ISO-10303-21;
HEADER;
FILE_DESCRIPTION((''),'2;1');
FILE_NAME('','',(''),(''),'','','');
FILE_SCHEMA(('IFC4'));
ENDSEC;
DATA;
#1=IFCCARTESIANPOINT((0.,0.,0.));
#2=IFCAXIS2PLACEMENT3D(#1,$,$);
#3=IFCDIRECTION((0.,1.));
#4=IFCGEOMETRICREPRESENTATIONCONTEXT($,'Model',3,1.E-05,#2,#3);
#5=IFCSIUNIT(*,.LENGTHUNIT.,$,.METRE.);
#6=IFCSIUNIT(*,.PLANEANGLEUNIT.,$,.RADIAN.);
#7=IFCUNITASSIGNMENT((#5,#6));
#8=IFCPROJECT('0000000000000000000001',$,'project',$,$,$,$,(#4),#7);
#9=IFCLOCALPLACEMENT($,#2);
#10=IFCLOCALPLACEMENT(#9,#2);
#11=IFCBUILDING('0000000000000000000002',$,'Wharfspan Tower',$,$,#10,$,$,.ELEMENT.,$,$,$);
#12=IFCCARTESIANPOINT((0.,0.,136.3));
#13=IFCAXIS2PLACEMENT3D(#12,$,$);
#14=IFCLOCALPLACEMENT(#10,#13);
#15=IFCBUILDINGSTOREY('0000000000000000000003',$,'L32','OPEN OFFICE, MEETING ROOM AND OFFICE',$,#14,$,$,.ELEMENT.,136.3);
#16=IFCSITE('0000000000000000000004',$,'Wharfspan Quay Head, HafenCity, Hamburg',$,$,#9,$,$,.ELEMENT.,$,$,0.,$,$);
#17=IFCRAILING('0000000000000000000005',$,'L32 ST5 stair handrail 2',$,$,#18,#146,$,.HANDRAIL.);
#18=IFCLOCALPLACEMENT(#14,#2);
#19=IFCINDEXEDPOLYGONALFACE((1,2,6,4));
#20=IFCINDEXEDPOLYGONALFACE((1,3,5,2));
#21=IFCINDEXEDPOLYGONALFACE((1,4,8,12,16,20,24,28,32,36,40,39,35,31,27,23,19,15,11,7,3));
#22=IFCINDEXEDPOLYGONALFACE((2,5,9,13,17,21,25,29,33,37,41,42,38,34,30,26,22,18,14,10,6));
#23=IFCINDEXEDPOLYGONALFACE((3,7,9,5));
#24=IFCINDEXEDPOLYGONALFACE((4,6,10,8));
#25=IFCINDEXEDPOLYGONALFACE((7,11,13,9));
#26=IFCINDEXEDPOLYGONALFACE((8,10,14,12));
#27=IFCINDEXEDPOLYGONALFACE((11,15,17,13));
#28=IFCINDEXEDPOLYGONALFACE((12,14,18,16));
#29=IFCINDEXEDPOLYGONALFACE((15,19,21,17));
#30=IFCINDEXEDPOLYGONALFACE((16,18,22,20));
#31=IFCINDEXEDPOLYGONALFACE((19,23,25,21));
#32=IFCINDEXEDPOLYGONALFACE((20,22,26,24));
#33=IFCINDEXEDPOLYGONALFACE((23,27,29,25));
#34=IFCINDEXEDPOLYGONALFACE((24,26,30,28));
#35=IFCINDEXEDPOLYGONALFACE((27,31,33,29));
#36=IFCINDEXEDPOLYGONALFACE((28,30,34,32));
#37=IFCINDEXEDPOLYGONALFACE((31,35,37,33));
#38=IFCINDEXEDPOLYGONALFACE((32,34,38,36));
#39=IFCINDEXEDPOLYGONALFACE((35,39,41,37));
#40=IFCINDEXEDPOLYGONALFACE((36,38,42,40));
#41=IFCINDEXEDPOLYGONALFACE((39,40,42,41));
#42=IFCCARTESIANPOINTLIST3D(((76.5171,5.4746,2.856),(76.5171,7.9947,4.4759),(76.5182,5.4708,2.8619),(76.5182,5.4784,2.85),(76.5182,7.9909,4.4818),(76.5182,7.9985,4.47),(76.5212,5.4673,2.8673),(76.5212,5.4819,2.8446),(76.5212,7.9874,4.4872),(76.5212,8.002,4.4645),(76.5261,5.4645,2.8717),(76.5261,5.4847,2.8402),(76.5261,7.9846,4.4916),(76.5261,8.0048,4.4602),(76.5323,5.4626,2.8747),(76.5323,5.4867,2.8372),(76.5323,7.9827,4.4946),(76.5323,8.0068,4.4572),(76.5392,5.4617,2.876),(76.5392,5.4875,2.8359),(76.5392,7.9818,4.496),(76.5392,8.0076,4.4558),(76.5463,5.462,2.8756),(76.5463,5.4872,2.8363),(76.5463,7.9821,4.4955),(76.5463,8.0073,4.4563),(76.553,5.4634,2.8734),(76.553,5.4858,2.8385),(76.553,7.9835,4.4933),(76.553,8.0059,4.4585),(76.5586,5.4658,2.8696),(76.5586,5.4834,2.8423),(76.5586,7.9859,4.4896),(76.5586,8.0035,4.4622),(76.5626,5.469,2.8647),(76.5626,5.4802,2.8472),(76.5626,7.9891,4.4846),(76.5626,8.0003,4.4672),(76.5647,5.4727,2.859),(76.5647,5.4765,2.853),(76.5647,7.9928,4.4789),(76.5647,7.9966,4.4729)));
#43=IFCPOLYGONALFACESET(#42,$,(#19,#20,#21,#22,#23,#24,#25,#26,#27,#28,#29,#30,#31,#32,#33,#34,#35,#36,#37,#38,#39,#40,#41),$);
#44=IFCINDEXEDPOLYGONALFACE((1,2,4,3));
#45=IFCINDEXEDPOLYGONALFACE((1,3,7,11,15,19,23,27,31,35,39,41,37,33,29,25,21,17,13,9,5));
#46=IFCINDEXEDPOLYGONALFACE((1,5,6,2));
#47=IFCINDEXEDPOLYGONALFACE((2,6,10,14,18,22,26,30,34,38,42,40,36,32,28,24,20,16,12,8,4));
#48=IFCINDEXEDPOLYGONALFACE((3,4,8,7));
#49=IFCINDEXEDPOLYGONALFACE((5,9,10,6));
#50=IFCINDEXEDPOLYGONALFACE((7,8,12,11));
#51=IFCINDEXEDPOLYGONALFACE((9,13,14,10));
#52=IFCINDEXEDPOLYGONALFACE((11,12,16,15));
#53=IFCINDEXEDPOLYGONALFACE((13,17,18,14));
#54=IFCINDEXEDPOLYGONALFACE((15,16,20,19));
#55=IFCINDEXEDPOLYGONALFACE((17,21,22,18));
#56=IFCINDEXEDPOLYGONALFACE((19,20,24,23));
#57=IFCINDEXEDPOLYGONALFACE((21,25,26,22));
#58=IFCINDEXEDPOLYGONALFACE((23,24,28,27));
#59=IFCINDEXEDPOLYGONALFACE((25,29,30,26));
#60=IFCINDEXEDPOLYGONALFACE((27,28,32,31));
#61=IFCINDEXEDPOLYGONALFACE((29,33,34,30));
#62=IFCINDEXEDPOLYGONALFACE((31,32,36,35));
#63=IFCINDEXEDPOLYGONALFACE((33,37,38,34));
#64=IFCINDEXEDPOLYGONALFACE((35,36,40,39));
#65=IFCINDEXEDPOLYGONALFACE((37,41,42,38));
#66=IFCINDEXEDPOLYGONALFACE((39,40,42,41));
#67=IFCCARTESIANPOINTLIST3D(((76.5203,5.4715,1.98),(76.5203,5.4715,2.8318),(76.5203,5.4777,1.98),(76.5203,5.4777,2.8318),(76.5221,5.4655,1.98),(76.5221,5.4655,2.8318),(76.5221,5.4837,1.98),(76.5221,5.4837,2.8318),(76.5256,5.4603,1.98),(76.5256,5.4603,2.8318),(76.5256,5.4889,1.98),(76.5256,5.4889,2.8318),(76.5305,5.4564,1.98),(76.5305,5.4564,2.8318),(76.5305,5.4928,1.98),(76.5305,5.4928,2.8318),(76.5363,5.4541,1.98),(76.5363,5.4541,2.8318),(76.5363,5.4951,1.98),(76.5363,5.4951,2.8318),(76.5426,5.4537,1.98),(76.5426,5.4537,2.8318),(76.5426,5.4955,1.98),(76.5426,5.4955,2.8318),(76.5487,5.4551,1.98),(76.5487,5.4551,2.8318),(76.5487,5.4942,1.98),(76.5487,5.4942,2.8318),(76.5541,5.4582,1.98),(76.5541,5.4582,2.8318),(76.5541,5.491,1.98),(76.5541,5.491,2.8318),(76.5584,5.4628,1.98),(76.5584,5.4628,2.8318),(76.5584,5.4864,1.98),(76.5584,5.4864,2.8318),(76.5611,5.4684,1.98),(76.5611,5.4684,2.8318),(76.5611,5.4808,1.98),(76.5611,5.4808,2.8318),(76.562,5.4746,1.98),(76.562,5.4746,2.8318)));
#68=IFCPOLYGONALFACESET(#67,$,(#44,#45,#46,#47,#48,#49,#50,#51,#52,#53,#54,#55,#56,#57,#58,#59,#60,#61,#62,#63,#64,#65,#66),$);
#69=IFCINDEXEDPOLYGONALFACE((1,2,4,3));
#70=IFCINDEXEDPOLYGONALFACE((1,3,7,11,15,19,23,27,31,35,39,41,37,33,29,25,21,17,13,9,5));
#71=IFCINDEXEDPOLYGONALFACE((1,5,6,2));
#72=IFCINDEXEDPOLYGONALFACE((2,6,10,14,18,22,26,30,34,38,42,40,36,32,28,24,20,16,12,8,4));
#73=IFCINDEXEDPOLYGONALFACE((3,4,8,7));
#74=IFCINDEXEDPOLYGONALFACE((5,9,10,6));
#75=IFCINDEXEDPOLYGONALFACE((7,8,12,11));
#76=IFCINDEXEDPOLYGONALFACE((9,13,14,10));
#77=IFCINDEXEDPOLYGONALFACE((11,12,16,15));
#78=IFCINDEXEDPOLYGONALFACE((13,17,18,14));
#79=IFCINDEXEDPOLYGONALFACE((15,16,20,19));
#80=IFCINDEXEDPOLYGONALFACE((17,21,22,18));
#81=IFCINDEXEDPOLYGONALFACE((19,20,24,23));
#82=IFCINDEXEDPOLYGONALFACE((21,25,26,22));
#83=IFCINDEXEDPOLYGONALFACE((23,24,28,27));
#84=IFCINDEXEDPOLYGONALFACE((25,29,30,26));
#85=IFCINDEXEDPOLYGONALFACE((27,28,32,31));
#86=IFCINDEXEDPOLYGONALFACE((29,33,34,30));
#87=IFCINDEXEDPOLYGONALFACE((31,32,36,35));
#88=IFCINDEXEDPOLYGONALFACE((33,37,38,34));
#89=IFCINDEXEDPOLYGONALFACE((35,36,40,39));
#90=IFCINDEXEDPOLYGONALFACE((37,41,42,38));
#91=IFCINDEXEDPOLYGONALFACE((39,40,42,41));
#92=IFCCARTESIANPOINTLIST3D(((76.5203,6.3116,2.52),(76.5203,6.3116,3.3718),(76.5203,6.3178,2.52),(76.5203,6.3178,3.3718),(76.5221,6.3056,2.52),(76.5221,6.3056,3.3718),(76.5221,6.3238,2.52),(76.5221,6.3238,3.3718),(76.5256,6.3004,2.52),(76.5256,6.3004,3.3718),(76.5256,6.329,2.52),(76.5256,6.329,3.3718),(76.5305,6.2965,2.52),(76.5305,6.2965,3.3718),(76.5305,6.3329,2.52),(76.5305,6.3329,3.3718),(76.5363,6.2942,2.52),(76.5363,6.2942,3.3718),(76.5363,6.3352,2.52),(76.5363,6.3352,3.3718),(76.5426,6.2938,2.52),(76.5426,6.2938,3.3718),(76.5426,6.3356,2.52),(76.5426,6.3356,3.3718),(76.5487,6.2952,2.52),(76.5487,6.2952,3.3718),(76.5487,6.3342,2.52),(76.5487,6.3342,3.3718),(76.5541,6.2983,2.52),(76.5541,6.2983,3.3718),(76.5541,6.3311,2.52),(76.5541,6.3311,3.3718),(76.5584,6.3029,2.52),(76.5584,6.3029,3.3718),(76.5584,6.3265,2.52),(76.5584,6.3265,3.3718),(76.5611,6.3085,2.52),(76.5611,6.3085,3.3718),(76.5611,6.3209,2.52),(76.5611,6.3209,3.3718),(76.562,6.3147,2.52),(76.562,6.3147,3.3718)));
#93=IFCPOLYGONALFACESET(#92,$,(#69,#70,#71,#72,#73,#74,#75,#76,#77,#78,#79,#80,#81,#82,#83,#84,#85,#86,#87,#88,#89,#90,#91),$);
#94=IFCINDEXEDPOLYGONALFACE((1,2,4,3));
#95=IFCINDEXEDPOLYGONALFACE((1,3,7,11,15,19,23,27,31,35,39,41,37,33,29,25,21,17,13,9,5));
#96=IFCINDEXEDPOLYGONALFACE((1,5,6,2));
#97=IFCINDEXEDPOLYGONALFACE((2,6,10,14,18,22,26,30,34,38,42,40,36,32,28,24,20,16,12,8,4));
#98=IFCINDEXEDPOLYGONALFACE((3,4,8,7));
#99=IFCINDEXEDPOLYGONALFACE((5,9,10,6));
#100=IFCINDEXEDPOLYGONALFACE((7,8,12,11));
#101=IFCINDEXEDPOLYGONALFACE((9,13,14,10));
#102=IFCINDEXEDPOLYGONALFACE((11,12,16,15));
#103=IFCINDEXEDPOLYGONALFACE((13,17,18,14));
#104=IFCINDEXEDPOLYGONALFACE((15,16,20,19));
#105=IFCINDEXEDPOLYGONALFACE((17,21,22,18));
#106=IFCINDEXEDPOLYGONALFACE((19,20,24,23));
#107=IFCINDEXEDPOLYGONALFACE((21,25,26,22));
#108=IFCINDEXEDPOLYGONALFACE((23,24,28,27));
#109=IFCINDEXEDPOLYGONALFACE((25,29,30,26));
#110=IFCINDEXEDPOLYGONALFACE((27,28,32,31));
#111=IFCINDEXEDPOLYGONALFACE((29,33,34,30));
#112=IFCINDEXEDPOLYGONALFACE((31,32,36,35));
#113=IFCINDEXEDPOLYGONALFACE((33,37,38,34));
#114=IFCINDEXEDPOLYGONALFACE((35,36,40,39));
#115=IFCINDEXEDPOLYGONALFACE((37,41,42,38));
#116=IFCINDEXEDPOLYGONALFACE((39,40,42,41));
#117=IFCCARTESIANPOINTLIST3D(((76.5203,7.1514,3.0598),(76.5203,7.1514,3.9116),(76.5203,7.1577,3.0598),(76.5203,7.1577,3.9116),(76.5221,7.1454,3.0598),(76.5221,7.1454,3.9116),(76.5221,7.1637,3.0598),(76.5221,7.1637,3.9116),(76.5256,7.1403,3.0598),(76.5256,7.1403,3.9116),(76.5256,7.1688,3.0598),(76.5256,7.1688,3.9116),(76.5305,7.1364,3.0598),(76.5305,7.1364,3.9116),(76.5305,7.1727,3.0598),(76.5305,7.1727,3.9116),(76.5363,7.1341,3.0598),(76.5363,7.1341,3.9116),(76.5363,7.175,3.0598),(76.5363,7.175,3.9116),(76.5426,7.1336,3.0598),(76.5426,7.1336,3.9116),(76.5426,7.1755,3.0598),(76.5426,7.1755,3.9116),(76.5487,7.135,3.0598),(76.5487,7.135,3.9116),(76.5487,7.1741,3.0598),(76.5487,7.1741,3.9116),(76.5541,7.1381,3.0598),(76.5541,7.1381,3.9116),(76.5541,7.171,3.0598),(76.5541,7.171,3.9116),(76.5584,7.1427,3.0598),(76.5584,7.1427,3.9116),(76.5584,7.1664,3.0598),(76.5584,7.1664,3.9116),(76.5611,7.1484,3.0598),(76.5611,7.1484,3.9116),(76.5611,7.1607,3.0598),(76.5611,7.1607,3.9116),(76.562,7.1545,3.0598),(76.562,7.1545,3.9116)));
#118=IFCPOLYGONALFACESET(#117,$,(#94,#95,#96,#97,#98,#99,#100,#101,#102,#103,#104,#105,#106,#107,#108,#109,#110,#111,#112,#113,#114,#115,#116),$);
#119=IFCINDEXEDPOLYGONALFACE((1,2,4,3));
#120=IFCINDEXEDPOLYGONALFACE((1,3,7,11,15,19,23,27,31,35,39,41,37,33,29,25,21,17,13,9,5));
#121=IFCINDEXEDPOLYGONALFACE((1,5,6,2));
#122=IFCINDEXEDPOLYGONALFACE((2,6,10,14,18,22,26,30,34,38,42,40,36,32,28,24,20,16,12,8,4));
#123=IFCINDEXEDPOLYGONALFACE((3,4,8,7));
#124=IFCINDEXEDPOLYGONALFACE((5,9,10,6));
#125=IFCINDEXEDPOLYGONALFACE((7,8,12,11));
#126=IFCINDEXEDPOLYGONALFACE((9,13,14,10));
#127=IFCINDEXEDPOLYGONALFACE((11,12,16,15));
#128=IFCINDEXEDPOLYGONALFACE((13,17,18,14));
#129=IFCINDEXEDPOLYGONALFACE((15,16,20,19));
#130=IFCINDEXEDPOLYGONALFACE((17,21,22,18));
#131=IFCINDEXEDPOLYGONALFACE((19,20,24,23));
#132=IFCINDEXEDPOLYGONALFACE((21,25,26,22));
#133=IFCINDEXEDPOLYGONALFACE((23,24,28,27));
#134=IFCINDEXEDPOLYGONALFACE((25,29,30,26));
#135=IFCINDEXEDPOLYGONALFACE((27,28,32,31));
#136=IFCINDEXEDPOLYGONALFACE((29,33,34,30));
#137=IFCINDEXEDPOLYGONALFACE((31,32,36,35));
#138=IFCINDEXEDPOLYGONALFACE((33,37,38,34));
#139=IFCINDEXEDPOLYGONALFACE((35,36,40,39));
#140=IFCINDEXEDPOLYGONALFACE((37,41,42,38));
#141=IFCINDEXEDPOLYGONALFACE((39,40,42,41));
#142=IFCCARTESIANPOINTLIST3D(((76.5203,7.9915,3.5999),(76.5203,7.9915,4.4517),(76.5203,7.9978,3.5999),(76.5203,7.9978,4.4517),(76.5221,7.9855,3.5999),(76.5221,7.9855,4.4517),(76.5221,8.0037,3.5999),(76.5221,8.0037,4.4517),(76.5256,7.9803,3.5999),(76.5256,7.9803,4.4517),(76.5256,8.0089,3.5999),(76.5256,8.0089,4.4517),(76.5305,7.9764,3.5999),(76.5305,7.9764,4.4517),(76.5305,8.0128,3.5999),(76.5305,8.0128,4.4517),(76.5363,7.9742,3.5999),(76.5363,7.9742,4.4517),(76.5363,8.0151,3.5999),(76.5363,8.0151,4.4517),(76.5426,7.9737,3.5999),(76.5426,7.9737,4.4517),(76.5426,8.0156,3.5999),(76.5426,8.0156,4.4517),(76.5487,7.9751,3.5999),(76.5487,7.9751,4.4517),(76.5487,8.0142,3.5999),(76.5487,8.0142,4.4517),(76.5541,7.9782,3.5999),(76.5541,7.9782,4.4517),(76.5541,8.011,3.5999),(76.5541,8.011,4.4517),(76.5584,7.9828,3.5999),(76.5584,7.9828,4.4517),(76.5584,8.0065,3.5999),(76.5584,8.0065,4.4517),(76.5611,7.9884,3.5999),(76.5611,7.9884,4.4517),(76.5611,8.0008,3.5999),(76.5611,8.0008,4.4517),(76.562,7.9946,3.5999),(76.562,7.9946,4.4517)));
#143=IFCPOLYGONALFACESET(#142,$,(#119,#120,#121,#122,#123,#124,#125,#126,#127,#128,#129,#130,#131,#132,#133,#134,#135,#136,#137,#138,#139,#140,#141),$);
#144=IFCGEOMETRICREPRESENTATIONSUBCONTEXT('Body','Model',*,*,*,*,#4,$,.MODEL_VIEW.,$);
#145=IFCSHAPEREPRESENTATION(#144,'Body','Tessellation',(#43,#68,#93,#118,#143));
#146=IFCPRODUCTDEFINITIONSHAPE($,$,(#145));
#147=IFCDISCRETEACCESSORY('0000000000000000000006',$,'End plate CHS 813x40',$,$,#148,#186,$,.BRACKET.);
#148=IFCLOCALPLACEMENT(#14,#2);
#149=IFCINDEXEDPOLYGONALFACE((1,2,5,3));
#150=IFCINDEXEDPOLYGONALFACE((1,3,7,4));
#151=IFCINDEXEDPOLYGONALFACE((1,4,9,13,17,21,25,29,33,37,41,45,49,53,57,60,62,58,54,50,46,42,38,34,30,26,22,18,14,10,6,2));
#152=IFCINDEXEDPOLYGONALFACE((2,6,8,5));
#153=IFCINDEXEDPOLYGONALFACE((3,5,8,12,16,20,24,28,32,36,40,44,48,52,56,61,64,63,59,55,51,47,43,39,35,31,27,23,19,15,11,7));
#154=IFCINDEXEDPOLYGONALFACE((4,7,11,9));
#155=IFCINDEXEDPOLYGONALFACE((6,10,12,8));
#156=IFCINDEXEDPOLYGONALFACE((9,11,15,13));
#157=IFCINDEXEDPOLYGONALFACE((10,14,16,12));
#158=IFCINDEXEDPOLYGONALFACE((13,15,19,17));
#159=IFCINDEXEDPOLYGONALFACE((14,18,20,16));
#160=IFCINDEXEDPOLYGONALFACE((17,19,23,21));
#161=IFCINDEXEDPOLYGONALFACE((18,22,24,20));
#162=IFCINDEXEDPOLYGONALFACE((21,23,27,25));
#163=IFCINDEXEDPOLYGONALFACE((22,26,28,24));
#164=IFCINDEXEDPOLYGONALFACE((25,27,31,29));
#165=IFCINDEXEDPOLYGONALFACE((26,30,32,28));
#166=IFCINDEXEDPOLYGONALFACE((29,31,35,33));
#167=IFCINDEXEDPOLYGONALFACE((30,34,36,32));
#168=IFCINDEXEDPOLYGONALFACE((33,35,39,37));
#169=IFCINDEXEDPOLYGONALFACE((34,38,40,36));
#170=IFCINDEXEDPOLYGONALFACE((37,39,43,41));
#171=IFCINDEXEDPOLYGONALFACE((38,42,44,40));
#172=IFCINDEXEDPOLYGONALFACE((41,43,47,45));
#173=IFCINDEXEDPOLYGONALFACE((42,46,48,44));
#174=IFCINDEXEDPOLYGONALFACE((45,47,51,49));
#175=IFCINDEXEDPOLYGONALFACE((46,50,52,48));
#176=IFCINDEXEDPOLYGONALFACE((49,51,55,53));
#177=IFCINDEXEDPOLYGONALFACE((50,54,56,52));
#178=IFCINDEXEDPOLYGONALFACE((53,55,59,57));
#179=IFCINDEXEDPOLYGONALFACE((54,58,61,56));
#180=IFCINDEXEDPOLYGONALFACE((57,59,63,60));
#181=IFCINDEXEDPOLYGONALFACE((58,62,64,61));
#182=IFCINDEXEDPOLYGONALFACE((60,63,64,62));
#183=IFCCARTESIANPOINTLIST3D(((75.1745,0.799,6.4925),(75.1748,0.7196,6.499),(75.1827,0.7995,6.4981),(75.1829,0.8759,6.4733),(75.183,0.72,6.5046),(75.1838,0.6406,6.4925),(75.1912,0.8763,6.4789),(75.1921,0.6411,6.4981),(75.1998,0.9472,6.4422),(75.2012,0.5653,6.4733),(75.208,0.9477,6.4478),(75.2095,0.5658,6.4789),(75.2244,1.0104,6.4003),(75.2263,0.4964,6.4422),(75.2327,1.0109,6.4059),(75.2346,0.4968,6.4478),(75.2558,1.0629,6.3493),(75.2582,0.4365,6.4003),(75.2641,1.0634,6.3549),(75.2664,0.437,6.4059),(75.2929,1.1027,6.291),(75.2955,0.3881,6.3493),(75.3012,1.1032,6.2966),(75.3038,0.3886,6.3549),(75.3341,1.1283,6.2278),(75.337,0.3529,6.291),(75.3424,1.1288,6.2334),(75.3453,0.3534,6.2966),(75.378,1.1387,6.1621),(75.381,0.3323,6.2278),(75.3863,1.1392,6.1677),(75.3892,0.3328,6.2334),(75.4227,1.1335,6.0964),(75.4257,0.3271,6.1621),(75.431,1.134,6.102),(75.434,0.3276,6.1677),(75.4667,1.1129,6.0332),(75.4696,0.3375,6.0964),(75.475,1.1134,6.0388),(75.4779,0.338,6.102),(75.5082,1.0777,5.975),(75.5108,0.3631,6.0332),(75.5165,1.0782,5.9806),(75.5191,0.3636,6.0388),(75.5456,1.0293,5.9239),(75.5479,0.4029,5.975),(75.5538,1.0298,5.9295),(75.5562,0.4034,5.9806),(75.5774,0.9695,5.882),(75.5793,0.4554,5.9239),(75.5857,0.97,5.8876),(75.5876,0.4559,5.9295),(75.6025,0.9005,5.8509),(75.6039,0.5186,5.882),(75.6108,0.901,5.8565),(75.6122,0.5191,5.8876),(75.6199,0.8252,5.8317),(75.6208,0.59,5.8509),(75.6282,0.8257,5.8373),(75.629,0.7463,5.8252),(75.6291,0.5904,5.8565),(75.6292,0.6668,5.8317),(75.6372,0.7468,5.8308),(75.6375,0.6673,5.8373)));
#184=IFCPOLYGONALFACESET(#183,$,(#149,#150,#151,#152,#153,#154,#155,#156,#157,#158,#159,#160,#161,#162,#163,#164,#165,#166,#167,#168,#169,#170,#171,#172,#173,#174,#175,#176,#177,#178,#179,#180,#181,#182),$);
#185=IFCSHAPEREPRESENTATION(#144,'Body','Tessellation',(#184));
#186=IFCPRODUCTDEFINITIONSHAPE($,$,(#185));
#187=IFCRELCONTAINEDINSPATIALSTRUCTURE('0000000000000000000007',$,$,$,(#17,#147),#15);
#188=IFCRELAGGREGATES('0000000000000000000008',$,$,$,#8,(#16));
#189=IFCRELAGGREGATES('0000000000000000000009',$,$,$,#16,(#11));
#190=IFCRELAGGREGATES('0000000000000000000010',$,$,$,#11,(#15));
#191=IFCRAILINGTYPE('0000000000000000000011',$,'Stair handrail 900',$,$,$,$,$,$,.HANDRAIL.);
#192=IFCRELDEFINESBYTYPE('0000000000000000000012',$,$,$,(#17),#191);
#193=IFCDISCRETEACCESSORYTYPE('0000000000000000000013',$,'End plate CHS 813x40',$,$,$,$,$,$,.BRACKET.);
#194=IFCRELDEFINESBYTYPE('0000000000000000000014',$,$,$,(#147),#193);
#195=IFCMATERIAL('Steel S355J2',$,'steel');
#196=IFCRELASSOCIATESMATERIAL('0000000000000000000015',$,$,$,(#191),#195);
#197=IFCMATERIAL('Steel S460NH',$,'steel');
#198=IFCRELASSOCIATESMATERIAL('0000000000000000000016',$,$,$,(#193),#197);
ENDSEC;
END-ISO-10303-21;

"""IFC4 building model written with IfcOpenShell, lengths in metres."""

from ifc_helpers import new_model, si_unit, direction, frame, origin, origin_2d, place, context, subcontext, project, spatial, circle, extrude, material, material_profile, profile_set, type_object, element, save


model = new_model("IFC4")

# Units and contexts
model_context = context("Model", 3, precision=1e-05, world=origin(), true_north=direction((0.0, 1.0)))
body_context = subcontext(model_context, "Body", "Model", "MODEL_VIEW")
ifc_project = project(units=[si_unit("LENGTHUNIT", "METRE"), si_unit("PLANEANGLEUNIT", "RADIAN")], contexts=[model_context])

# Site, building, storey
site_placement = place(None, origin())
site = spatial("IfcSite", under=ifc_project, at=site_placement, Name="Wharfspan Quay Head, HafenCity, Hamburg", CompositionType="ELEMENT", RefElevation=0.0)
building_placement = place(site_placement, origin())
building = spatial("IfcBuilding", under=site, at=building_placement, Name="Wharfspan Tower", CompositionType="ELEMENT")
storey_placement = place(building_placement, frame((0.0, 0.0, 136.3)))
storey = spatial("IfcBuildingStorey", under=building, at=storey_placement, Name="L32", Description="OPEN OFFICE, MEETING ROOM AND OFFICE", CompositionType="ELEMENT", Elevation=136.3)

# Railing
ifc_material_1 = material(Name="Steel S355J2", Category="steel")
railing_type_1 = type_object("IfcRailingType", Name="Stair handrail 900", PredefinedType="HANDRAIL", material=ifc_material_1)
railing_1_placement = place(storey_placement, frame((76.541, 5.4746, 1.98)))
element("IfcRailing", 1, at=railing_1_placement, inside=storey, type_object=railing_type_1, Name="L32 ST5 stair handrail 2", PredefinedType="HANDRAIL", context=body_context, shape_type="SweptSolid", body=[
    extrude(circle(Radius=0.0239, at=origin_2d()), frame((0.0, 0.0, 0.876), z_axis=(0.0, 0.8412, 0.540725), x_axis=(-1.0, 0.0, 0.0)), (0.0, 0.0, 1.0), 2.9958),
    extrude(circle(Radius=0.021, at=origin_2d()), origin(), (0.0, 0.0, 1.0), 0.8518),
    extrude(circle(Radius=0.021, at=origin_2d()), frame((0.0, 0.8401, 0.54)), (0.0, 0.0, 1.0), 0.8518),
    extrude(circle(Radius=0.021, at=origin_2d()), frame((0.0, 1.6799, 1.0798)), (0.0, 0.0, 1.0), 0.8518),
    extrude(circle(Radius=0.021, at=origin_2d()), frame((0.0, 2.52, 1.6199)), (0.0, 0.0, 1.0), 0.8518),
])

# Discrete accessory
ifc_material_2 = material(Name="Steel S460NH", Category="steel")
ifc_material_profile_1 = material_profile(ifc_material_2, circle(Radius=0.4065, at=origin_2d()))
ifc_profile_set_1 = profile_set([ifc_material_profile_1], Name="Steel S460NH")
discrete_accessory_type = type_object("IfcDiscreteAccessoryType", Name="End plate CHS 813x40", PredefinedType="BRACKET", material=ifc_profile_set_1)
discrete_accessory_1_placement = place(storey_placement, frame((75.4019, 0.7329, 6.1621), z_axis=(0.827302, 0.048665, 0.559645), x_axis=(-0.058723, 0.998276, 0.000001)))
element("IfcDiscreteAccessory", 2, at=discrete_accessory_1_placement, inside=storey, type_object=discrete_accessory_type, Name="End plate CHS 813x40", PredefinedType="BRACKET", context=body_context, shape_type="SweptSolid", body=[
    extrude(circle(Radius=0.4065, at=origin_2d()), origin(), (0.0, 0.0, 1.0), 0.01),
])

save(model, "model.ifc")
